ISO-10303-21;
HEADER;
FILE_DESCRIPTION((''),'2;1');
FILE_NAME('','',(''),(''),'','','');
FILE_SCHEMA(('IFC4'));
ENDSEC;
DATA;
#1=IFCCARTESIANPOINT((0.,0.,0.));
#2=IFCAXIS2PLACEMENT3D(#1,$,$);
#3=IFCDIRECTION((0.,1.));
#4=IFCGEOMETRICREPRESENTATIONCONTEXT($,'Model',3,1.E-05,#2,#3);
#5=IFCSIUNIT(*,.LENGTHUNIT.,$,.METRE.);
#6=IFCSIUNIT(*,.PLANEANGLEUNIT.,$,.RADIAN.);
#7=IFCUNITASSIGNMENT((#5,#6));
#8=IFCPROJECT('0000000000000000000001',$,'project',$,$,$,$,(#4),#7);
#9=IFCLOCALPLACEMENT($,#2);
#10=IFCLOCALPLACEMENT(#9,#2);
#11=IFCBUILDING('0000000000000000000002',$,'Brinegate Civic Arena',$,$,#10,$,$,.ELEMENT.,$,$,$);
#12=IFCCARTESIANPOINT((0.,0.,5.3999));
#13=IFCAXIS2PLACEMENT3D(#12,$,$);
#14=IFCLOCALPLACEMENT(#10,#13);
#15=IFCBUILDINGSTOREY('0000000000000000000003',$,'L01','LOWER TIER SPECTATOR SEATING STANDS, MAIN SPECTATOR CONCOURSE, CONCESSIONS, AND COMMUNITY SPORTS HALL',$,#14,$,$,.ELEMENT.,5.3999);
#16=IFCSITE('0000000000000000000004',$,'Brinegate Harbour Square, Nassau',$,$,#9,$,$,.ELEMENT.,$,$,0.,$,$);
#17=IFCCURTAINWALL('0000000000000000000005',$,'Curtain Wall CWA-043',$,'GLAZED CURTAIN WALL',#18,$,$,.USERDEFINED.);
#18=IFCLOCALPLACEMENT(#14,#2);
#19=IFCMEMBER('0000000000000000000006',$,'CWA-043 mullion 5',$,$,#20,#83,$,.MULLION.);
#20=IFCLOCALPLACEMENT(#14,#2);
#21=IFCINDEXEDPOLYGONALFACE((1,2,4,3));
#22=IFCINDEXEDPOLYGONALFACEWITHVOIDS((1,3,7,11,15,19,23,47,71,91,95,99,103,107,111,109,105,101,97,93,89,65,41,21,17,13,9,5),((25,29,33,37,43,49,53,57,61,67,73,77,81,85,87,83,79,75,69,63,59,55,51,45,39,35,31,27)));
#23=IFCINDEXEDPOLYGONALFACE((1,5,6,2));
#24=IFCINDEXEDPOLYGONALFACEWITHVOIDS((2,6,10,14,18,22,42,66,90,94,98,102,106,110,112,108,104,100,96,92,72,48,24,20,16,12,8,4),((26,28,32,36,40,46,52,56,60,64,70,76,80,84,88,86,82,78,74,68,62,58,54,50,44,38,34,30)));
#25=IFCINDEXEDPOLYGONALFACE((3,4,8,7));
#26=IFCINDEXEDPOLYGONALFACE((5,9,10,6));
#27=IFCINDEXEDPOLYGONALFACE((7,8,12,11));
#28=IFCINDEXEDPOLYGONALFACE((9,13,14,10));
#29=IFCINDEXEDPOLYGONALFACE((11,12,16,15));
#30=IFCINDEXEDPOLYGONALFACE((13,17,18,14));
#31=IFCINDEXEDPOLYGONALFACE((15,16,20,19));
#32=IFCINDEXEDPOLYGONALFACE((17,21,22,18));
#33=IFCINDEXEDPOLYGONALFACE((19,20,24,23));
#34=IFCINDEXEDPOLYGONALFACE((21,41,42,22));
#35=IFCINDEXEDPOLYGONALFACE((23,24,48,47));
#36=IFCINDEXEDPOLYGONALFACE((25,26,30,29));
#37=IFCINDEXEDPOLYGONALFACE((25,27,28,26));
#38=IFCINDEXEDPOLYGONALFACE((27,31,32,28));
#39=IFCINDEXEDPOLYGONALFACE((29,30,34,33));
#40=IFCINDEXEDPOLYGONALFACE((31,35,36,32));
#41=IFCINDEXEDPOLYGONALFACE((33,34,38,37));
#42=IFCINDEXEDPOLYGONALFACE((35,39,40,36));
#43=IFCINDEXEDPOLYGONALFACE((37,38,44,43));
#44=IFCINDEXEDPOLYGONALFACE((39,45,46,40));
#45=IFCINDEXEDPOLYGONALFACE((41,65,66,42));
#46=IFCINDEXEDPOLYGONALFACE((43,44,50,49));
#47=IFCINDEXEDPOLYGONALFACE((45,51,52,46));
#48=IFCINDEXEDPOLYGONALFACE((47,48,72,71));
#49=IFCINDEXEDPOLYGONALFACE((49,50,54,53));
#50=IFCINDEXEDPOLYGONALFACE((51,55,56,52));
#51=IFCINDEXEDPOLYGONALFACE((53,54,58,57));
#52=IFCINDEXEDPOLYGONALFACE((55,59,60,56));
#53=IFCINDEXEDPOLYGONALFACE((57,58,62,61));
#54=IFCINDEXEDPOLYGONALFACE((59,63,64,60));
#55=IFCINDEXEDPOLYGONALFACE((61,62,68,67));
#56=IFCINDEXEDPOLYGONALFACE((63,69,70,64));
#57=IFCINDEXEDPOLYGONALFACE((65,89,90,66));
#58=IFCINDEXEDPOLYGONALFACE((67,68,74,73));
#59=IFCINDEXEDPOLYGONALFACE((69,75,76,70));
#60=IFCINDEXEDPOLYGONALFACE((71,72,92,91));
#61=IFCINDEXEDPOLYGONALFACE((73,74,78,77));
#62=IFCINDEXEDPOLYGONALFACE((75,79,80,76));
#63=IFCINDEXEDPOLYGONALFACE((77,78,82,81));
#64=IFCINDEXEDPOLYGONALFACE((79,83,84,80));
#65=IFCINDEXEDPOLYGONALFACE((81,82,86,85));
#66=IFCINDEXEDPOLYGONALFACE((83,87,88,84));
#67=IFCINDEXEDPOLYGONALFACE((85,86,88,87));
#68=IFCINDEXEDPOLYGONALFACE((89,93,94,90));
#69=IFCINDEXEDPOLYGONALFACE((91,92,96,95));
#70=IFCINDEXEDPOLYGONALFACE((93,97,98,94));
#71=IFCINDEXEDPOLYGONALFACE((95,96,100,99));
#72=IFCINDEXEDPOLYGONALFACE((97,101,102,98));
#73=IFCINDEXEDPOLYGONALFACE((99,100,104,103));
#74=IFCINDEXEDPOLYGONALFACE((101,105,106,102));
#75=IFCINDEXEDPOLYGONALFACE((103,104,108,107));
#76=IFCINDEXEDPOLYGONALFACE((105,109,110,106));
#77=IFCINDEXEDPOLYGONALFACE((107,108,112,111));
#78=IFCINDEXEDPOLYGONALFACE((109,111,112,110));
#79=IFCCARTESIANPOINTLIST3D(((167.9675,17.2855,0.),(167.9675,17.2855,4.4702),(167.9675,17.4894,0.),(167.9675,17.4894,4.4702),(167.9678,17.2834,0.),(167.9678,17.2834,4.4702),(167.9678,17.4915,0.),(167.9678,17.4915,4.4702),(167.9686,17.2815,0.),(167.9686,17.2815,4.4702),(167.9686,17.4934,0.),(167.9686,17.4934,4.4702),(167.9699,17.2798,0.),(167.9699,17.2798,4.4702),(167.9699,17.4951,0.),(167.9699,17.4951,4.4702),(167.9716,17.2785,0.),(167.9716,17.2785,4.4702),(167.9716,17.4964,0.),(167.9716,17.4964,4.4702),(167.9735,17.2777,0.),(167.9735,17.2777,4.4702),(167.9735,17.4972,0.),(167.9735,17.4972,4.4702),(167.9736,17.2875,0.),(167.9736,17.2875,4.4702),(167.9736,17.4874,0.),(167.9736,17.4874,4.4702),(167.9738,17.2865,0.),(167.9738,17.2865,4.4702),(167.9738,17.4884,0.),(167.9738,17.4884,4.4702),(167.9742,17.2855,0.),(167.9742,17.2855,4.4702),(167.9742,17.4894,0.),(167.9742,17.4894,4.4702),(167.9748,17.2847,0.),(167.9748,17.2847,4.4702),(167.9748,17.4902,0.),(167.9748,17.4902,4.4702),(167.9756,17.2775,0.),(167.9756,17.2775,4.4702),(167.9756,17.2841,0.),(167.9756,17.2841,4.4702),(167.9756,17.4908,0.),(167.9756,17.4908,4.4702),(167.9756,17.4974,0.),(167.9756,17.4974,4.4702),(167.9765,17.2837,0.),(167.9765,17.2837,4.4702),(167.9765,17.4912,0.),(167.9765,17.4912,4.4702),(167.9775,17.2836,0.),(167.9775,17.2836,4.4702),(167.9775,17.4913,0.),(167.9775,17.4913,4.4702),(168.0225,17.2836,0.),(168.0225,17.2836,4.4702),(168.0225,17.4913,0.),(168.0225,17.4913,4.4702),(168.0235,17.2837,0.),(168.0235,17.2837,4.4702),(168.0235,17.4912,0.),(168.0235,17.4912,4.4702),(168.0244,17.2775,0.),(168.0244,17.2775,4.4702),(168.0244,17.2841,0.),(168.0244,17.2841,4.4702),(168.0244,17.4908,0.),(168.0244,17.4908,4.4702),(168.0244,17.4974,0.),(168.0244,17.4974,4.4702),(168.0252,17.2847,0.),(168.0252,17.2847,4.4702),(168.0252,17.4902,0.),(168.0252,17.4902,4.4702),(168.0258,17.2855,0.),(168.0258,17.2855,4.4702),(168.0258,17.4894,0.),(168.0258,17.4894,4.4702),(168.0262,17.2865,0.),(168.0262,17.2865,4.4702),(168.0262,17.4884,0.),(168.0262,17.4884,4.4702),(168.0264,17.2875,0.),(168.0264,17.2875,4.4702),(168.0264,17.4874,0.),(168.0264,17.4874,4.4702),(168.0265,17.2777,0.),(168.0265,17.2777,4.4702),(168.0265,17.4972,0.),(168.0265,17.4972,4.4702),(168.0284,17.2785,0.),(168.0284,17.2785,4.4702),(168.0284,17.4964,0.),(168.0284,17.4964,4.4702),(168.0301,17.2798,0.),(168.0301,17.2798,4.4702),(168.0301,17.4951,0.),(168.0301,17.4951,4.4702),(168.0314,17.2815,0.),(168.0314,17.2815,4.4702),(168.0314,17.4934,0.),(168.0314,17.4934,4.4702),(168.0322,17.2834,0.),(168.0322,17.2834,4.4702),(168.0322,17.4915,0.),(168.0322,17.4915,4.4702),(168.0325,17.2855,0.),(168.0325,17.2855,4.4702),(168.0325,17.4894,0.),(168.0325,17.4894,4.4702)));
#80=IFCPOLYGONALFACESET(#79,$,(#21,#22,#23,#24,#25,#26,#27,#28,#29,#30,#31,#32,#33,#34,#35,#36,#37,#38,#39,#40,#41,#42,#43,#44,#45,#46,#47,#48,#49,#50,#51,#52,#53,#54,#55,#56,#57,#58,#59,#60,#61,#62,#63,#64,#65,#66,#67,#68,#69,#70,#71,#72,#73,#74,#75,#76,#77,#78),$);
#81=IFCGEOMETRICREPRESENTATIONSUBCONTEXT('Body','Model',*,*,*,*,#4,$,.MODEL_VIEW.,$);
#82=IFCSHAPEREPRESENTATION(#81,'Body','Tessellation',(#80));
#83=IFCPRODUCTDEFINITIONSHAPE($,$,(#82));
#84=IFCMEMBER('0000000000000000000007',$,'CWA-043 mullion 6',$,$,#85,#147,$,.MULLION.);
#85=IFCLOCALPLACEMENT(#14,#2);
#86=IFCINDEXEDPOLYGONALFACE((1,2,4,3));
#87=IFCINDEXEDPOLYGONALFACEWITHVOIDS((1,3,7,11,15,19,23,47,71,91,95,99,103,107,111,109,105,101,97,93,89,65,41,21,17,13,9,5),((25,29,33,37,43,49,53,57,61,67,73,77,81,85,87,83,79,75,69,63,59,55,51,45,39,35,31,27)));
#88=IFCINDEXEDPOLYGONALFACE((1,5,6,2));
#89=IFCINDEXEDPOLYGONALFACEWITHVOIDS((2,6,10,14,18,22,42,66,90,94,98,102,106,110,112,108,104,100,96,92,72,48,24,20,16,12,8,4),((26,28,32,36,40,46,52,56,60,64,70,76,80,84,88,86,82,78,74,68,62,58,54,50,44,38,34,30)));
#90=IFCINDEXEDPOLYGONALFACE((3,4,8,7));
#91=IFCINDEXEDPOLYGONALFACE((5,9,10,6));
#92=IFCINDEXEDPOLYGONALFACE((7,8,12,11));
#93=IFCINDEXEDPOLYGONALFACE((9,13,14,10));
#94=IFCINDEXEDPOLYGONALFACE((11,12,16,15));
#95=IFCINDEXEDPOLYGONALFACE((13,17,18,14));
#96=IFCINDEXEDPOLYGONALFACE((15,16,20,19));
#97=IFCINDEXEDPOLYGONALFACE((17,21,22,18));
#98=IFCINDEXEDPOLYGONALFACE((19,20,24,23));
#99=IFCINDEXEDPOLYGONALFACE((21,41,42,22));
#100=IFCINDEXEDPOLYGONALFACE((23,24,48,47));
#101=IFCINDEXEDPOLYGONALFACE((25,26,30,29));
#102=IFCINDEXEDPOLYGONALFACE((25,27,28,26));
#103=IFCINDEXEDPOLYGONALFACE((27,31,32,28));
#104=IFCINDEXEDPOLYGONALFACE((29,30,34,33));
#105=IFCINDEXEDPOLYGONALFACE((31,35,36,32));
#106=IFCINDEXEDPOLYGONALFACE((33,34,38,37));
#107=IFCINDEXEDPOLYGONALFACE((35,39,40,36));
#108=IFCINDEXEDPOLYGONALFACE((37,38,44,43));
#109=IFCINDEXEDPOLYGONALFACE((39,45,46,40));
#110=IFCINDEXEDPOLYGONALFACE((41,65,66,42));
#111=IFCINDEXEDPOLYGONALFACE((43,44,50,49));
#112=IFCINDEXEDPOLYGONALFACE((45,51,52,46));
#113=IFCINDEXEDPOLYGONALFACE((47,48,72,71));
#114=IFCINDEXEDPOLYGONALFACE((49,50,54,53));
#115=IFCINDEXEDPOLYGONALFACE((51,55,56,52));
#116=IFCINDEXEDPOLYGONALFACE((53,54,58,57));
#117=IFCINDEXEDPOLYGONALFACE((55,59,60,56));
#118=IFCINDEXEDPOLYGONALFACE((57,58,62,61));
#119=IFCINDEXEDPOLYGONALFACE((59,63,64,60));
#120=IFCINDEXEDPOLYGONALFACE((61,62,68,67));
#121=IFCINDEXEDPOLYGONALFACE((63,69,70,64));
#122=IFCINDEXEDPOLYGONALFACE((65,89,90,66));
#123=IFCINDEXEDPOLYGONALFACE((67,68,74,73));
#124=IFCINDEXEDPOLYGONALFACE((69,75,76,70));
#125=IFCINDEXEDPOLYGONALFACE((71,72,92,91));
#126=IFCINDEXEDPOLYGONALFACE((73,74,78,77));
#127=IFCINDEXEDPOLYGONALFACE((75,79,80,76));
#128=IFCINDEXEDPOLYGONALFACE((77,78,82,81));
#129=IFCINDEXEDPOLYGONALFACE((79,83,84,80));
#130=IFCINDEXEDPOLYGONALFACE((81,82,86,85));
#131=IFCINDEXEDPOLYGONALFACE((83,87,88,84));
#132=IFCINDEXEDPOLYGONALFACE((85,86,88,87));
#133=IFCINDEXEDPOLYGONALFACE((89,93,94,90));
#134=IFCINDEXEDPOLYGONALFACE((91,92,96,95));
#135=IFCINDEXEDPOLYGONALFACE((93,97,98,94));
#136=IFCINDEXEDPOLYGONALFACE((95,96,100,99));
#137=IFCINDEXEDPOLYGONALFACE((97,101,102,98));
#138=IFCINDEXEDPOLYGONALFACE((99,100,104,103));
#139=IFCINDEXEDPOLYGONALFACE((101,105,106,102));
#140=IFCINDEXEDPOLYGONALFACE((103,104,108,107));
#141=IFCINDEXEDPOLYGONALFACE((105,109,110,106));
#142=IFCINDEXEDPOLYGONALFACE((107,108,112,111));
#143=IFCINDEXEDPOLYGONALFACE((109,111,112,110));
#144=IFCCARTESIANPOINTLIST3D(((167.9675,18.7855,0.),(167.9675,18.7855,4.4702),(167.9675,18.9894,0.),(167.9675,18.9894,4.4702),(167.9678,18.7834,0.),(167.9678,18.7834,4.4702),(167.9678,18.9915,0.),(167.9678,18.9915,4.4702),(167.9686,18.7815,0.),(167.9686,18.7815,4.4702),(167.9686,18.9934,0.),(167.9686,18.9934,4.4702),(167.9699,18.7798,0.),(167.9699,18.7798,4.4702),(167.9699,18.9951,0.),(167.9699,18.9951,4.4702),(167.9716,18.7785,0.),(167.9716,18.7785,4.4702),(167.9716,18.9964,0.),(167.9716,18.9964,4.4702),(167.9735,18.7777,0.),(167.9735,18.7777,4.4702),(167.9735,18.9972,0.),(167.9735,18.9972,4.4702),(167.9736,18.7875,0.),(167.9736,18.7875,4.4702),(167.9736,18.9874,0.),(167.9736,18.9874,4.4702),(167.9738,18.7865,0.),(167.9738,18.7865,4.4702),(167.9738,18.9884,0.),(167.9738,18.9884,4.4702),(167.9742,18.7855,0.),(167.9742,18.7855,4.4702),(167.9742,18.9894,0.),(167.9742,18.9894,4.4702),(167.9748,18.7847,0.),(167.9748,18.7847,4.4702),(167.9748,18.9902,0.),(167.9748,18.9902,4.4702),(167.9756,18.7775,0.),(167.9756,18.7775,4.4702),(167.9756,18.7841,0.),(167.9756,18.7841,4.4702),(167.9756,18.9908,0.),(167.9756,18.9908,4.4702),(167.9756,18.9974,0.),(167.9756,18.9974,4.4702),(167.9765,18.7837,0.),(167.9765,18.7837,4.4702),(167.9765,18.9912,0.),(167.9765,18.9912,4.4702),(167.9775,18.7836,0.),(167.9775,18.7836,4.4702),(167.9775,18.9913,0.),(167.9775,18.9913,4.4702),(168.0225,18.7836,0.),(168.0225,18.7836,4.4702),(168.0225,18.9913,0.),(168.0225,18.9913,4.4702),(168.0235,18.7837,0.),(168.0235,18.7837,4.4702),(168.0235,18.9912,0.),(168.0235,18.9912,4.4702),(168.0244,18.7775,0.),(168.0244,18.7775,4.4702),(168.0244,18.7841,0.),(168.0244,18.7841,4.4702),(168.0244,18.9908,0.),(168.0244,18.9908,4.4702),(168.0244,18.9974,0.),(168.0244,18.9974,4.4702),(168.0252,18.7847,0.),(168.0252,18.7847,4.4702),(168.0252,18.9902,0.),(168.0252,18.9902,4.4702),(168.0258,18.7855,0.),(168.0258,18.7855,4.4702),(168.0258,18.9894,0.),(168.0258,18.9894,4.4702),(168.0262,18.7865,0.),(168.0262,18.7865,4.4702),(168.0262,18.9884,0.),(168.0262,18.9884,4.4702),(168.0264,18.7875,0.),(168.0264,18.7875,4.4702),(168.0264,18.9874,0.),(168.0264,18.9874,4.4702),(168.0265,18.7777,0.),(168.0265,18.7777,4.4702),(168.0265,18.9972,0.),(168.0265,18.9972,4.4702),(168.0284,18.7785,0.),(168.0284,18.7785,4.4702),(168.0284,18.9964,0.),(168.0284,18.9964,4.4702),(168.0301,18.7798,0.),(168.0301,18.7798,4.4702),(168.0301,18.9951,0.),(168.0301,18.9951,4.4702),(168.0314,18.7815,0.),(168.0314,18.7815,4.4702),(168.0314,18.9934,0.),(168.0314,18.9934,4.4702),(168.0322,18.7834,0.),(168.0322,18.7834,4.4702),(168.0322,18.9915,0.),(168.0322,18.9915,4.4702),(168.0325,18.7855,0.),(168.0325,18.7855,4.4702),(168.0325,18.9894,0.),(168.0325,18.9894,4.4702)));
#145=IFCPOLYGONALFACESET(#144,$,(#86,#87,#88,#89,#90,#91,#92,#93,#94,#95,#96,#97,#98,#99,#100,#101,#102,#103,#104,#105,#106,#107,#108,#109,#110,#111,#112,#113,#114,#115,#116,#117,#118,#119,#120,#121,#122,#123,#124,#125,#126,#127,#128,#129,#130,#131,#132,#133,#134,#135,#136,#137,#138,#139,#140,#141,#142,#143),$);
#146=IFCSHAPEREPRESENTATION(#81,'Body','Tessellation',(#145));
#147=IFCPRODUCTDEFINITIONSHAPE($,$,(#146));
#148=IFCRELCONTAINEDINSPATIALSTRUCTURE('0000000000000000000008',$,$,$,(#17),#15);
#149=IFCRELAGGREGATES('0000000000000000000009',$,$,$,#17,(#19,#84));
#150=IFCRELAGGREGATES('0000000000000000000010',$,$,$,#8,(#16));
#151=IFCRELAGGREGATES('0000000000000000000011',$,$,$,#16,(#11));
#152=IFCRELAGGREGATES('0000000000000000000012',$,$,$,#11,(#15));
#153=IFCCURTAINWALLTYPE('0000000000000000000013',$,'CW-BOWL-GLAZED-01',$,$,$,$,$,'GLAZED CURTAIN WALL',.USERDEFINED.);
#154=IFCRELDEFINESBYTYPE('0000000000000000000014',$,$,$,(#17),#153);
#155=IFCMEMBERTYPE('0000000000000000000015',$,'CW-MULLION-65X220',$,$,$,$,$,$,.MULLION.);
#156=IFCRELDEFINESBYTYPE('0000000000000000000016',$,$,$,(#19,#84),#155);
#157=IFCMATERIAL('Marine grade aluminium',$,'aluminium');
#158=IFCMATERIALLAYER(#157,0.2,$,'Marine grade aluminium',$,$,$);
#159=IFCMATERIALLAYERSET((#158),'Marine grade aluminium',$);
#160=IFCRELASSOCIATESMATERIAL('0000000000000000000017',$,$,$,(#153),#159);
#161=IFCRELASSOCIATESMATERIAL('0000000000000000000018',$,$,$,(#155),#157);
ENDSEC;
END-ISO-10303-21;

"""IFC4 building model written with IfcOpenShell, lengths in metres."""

from ifc_helpers import new_model, si_unit, direction, frame, origin, origin_2d, place, context, subcontext, project, spatial, hollow_rectangle, extrude, material, layer, layer_set, material_profile, profile_set, type_object, element, aggregate, save


model = new_model("IFC4")

# Units and contexts
model_context = context("Model", 3, precision=1e-05, world=origin(), true_north=direction((0.0, 1.0)))
body_context = subcontext(model_context, "Body", "Model", "MODEL_VIEW")
ifc_project = project(units=[si_unit("LENGTHUNIT", "METRE"), si_unit("PLANEANGLEUNIT", "RADIAN")], contexts=[model_context])

# Site, building, storey
site_placement = place(None, origin())
site = spatial("IfcSite", under=ifc_project, at=site_placement, Name="Brinegate Harbour Square, Nassau", CompositionType="ELEMENT", RefElevation=0.0)
building_placement = place(site_placement, origin())
building = spatial("IfcBuilding", under=site, at=building_placement, Name="Brinegate Civic Arena", CompositionType="ELEMENT")
storey_placement = place(building_placement, frame((0.0, 0.0, 5.3999)))
storey = spatial("IfcBuildingStorey", under=building, at=storey_placement, Name="L01", Description="LOWER TIER SPECTATOR SEATING STANDS, MAIN SPECTATOR CONCOURSE, CONCESSIONS, AND COMMUNITY SPORTS HALL", CompositionType="ELEMENT", Elevation=5.3999)

# Curtain wall, members
ifc_material_1 = material(Name="Marine grade aluminium", Category="aluminium")
ifc_layer_1 = layer(ifc_material_1, 0.2, Name="Marine grade aluminium")
ifc_layer_set_1 = layer_set([ifc_layer_1], Name="Marine grade aluminium")
curtain_wall_type = type_object("IfcCurtainWallType", Name="CW-BOWL-GLAZED-01", ElementType="GLAZED CURTAIN WALL", PredefinedType="USERDEFINED", material=ifc_layer_set_1)
curtain_wall_placement = place(storey_placement, origin())
curtain_wall = element("IfcCurtainWall", 1, at=curtain_wall_placement, inside=storey, type_object=curtain_wall_type, Name="Curtain Wall CWA-043", ObjectType="GLAZED CURTAIN WALL", PredefinedType="USERDEFINED")
ifc_material_profile_1 = material_profile(ifc_material_1, hollow_rectangle(XDim=0.0649, YDim=0.22, WallThickness=0.0061, InnerFilletRadius=0.0039, OuterFilletRadius=0.0081, at=origin_2d()), Name="MUL65X220")
ifc_profile_set_1 = profile_set([ifc_material_profile_1], Name="Marine grade aluminium")
member_type_1 = type_object("IfcMemberType", Name="CW-MULLION-65X220", PredefinedType="MULLION", material=ifc_profile_set_1)
member_1_placement = place(storey_placement, frame((168.0, 17.3875, 0.0), z_axis=(0.0, 0.0, 1.0), x_axis=(-1.0, 0.0, 0.0)))
member_1 = element("IfcMember", 2, at=member_1_placement, type_object=member_type_1, Name="CWA-043 mullion 5", PredefinedType="MULLION", context=body_context, shape_type="SweptSolid", body=[
    extrude(hollow_rectangle(XDim=0.0649, YDim=0.22, WallThickness=0.0061, InnerFilletRadius=0.0039, OuterFilletRadius=0.0081, at=origin_2d()), origin(), (0.0, 0.0, 1.0), 4.4702),
])
member_2_placement = place(storey_placement, frame((168.0, 18.8875, 0.0), z_axis=(0.0, 0.0, 1.0), x_axis=(-1.0, 0.0, 0.0)))
member_2 = element("IfcMember", 3, at=member_2_placement, type_object=member_type_1, Name="CWA-043 mullion 6", PredefinedType="MULLION", context=body_context, shape_type="SweptSolid", body=[
    extrude(hollow_rectangle(XDim=0.0649, YDim=0.22, WallThickness=0.0061, InnerFilletRadius=0.0039, OuterFilletRadius=0.0081, at=origin_2d()), origin(), (0.0, 0.0, 1.0), 4.4702),
])
aggregate(curtain_wall, [member_1, member_2])

save(model, "model.ifc")
